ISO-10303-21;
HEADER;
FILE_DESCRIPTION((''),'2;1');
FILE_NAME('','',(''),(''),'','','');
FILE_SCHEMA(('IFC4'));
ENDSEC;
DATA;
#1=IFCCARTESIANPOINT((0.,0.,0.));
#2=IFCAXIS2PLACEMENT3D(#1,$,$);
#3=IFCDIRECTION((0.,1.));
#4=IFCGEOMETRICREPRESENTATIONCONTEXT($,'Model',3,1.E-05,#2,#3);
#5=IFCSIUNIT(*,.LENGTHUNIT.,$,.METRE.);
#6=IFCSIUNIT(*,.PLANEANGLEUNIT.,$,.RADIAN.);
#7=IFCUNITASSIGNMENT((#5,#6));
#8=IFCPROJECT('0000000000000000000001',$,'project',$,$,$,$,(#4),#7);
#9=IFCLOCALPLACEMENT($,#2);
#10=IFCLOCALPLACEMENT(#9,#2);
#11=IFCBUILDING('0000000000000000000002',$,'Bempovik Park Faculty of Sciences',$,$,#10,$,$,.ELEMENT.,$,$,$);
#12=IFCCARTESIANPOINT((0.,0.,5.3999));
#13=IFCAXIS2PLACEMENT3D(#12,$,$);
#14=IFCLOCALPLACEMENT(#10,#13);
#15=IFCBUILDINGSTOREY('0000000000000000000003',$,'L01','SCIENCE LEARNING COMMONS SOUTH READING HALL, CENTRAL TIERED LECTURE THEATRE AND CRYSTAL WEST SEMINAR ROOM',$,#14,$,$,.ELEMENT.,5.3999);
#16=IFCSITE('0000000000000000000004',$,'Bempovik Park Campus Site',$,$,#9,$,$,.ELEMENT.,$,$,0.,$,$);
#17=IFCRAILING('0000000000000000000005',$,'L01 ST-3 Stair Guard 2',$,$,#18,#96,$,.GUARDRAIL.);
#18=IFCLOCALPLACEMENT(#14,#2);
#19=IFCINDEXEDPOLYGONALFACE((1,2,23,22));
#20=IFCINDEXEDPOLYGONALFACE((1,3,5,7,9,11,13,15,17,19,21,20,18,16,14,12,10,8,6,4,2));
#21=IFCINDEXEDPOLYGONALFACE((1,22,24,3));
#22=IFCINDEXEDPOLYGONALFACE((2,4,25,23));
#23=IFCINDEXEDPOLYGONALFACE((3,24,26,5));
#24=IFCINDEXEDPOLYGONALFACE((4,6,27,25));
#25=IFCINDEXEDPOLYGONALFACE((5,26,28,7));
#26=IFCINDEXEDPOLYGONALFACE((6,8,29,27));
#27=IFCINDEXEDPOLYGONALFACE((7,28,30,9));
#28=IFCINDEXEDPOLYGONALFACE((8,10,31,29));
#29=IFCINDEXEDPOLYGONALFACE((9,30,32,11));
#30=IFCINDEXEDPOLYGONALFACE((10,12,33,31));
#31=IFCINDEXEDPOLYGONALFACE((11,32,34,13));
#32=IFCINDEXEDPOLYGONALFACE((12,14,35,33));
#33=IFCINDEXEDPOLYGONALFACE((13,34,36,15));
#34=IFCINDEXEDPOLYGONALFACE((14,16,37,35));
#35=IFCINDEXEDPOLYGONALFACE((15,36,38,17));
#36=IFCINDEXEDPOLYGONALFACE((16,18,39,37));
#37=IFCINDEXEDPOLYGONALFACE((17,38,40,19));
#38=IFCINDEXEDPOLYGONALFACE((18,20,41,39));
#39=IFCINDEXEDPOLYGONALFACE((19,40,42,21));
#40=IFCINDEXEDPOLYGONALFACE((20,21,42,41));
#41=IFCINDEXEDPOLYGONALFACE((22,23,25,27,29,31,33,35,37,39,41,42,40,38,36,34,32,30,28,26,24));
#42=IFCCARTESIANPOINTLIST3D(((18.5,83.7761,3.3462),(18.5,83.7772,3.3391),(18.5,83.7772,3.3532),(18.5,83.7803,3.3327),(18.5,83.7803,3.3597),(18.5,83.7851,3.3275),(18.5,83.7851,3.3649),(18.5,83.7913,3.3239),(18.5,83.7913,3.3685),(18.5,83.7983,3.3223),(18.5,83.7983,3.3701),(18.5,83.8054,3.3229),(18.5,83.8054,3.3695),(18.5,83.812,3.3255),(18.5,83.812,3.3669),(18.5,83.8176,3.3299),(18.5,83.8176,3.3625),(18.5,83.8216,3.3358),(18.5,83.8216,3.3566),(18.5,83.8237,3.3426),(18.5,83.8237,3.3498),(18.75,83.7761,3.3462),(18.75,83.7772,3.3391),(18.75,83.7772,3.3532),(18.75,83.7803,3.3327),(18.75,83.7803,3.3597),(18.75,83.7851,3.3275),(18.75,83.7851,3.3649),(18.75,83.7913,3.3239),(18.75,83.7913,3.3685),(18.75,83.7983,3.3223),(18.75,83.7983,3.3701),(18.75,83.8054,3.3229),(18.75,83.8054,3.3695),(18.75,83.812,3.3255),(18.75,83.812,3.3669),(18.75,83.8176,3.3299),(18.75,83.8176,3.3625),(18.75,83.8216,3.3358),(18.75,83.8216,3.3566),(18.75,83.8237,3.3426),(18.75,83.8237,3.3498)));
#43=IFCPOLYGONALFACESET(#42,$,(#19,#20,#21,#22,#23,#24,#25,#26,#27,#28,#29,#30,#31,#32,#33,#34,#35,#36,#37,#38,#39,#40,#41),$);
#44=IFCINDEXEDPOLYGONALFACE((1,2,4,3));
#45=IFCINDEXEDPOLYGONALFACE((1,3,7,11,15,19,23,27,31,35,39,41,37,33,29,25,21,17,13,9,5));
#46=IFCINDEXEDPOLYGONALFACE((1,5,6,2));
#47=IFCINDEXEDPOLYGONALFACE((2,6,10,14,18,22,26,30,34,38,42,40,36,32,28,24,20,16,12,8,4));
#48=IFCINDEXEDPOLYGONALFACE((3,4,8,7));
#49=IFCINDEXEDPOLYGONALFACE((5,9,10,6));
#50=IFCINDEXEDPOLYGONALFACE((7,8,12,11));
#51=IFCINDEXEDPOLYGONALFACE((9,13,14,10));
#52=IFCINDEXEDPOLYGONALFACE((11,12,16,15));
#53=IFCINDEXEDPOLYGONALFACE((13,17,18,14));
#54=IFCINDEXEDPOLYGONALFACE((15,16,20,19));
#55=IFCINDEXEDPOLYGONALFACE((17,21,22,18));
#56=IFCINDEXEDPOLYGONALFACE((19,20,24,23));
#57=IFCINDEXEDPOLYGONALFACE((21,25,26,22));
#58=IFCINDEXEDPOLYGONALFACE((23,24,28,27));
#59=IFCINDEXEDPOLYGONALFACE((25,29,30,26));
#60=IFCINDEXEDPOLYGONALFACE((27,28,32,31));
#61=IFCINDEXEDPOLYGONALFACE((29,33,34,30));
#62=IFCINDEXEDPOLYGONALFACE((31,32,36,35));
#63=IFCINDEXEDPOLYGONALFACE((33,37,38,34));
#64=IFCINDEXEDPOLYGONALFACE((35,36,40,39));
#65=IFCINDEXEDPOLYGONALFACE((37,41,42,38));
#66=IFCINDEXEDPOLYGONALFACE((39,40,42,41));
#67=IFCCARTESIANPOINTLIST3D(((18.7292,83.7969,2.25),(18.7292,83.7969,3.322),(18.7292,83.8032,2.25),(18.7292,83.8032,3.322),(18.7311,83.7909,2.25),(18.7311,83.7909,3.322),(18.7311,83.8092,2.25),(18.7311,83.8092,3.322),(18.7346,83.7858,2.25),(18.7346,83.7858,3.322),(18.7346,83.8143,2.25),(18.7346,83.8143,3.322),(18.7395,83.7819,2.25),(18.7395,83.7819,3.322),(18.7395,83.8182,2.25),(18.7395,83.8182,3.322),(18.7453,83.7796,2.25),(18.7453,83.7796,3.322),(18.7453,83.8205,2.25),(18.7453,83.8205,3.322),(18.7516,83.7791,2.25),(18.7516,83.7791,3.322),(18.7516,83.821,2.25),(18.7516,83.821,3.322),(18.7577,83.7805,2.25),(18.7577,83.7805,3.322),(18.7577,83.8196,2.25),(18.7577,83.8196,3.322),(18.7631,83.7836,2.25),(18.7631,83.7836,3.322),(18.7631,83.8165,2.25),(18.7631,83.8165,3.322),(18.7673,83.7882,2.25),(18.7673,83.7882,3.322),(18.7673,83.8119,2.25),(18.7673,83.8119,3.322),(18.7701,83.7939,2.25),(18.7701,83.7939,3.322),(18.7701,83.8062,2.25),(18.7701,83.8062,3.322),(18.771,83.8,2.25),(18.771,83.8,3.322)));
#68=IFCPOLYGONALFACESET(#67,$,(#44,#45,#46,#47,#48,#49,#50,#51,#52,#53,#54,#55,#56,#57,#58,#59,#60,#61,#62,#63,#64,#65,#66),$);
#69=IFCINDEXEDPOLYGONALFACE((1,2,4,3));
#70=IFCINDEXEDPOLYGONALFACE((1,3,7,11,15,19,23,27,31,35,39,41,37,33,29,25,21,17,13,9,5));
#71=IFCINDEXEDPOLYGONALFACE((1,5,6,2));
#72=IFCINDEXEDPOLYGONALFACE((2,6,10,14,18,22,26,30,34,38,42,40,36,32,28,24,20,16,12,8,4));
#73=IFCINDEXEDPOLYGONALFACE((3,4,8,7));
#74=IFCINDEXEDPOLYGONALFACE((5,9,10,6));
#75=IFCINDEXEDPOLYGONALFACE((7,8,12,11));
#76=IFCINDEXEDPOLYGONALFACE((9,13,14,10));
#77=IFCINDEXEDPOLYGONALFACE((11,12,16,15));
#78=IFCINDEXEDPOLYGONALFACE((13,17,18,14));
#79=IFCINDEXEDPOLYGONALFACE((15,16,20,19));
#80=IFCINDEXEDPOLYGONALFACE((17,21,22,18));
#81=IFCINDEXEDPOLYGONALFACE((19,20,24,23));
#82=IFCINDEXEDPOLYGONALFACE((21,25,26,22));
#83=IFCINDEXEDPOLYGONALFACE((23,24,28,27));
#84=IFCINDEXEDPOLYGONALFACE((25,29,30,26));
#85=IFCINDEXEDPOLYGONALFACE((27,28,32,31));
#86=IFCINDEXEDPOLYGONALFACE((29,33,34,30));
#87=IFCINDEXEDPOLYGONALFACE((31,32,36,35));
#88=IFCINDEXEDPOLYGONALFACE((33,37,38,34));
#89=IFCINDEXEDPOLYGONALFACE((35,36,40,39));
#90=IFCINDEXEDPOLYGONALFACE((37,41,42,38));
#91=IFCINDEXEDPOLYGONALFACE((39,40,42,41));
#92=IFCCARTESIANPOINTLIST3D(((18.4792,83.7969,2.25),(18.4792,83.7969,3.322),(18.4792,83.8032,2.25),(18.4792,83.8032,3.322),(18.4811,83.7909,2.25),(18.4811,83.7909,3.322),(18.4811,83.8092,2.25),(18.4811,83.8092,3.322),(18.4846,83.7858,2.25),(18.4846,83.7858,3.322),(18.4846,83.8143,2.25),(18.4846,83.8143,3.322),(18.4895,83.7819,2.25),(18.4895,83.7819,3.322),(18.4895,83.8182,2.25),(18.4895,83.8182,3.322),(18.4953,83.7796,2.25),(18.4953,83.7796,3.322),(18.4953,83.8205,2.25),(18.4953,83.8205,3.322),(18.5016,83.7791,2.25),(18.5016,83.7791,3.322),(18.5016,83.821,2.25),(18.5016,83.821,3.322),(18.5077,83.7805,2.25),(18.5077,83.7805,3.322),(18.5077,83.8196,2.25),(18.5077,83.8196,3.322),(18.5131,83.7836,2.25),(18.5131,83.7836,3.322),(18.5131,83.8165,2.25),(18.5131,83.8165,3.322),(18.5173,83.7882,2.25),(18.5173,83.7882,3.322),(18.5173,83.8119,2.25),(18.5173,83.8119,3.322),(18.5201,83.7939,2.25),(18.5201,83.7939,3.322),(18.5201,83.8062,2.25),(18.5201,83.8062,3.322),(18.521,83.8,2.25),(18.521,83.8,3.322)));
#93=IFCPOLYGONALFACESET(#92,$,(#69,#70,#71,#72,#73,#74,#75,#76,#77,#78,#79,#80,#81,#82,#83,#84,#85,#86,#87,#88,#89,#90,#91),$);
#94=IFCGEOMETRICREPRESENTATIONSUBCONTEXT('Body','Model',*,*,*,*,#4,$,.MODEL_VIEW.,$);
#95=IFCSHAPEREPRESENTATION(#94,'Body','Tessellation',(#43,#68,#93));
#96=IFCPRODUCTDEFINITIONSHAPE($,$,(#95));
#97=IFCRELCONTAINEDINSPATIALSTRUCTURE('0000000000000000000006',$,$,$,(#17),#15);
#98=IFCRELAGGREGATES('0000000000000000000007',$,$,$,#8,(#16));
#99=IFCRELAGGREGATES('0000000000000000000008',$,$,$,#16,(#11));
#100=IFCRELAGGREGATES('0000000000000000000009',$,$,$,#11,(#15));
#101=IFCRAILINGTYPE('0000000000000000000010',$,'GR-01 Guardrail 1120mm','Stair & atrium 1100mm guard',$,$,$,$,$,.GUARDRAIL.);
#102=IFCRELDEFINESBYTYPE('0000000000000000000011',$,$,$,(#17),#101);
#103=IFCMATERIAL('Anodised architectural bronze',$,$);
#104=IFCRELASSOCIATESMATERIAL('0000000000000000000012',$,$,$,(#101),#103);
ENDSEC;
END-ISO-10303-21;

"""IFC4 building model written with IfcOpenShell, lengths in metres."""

from ifc_helpers import new_model, si_unit, direction, frame, origin, origin_2d, place, context, subcontext, project, spatial, circle, extrude, material, type_object, element, save


model = new_model("IFC4")

# Units and contexts
model_context = context("Model", 3, precision=1e-05, world=origin(), true_north=direction((0.0, 1.0)))
body_context = subcontext(model_context, "Body", "Model", "MODEL_VIEW")
ifc_project = project(units=[si_unit("LENGTHUNIT", "METRE"), si_unit("PLANEANGLEUNIT", "RADIAN")], contexts=[model_context])

# Site, building, storey
site_placement = place(None, origin())
site = spatial("IfcSite", under=ifc_project, at=site_placement, Name="Bempovik Park Campus Site", CompositionType="ELEMENT", RefElevation=0.0)
building_placement = place(site_placement, origin())
building = spatial("IfcBuilding", under=site, at=building_placement, Name="Bempovik Park Faculty of Sciences", CompositionType="ELEMENT")
storey_placement = place(building_placement, frame((0.0, 0.0, 5.3999)))
storey = spatial("IfcBuildingStorey", under=building, at=storey_placement, Name="L01", Description="SCIENCE LEARNING COMMONS SOUTH READING HALL, CENTRAL TIERED LECTURE THEATRE AND CRYSTAL WEST SEMINAR ROOM", CompositionType="ELEMENT", Elevation=5.3999)

# Railing
ifc_material_1 = material(Name="Anodised architectural bronze")
railing_type_1 = type_object("IfcRailingType", Name="GR-01 Guardrail 1120mm", Description="Stair & atrium 1100mm guard", PredefinedType="GUARDRAIL", material=ifc_material_1)
railing_1_placement = place(storey_placement, frame((18.75, 83.8, 2.25)))
element("IfcRailing", 1, at=railing_1_placement, inside=storey, type_object=railing_type_1, Name="L01 ST-3 Stair Guard 2", PredefinedType="GUARDRAIL", context=body_context, shape_type="SweptSolid", body=[
    extrude(circle(Radius=0.0239, at=origin_2d()), frame((0.0, 0.0, 1.0962), z_axis=(-1.0, 0.0, 0.0), x_axis=(0.0, -1.0, 0.0)), (0.0, 0.0, 1.0), 0.25),
    extrude(circle(Radius=0.021, at=origin_2d()), origin(), (0.0, 0.0, 1.0), 1.072),
    extrude(circle(Radius=0.021, at=origin_2d()), frame((-0.25, 0.0, 0.0)), (0.0, 0.0, 1.0), 1.072),
])

save(model, "model.ifc")
